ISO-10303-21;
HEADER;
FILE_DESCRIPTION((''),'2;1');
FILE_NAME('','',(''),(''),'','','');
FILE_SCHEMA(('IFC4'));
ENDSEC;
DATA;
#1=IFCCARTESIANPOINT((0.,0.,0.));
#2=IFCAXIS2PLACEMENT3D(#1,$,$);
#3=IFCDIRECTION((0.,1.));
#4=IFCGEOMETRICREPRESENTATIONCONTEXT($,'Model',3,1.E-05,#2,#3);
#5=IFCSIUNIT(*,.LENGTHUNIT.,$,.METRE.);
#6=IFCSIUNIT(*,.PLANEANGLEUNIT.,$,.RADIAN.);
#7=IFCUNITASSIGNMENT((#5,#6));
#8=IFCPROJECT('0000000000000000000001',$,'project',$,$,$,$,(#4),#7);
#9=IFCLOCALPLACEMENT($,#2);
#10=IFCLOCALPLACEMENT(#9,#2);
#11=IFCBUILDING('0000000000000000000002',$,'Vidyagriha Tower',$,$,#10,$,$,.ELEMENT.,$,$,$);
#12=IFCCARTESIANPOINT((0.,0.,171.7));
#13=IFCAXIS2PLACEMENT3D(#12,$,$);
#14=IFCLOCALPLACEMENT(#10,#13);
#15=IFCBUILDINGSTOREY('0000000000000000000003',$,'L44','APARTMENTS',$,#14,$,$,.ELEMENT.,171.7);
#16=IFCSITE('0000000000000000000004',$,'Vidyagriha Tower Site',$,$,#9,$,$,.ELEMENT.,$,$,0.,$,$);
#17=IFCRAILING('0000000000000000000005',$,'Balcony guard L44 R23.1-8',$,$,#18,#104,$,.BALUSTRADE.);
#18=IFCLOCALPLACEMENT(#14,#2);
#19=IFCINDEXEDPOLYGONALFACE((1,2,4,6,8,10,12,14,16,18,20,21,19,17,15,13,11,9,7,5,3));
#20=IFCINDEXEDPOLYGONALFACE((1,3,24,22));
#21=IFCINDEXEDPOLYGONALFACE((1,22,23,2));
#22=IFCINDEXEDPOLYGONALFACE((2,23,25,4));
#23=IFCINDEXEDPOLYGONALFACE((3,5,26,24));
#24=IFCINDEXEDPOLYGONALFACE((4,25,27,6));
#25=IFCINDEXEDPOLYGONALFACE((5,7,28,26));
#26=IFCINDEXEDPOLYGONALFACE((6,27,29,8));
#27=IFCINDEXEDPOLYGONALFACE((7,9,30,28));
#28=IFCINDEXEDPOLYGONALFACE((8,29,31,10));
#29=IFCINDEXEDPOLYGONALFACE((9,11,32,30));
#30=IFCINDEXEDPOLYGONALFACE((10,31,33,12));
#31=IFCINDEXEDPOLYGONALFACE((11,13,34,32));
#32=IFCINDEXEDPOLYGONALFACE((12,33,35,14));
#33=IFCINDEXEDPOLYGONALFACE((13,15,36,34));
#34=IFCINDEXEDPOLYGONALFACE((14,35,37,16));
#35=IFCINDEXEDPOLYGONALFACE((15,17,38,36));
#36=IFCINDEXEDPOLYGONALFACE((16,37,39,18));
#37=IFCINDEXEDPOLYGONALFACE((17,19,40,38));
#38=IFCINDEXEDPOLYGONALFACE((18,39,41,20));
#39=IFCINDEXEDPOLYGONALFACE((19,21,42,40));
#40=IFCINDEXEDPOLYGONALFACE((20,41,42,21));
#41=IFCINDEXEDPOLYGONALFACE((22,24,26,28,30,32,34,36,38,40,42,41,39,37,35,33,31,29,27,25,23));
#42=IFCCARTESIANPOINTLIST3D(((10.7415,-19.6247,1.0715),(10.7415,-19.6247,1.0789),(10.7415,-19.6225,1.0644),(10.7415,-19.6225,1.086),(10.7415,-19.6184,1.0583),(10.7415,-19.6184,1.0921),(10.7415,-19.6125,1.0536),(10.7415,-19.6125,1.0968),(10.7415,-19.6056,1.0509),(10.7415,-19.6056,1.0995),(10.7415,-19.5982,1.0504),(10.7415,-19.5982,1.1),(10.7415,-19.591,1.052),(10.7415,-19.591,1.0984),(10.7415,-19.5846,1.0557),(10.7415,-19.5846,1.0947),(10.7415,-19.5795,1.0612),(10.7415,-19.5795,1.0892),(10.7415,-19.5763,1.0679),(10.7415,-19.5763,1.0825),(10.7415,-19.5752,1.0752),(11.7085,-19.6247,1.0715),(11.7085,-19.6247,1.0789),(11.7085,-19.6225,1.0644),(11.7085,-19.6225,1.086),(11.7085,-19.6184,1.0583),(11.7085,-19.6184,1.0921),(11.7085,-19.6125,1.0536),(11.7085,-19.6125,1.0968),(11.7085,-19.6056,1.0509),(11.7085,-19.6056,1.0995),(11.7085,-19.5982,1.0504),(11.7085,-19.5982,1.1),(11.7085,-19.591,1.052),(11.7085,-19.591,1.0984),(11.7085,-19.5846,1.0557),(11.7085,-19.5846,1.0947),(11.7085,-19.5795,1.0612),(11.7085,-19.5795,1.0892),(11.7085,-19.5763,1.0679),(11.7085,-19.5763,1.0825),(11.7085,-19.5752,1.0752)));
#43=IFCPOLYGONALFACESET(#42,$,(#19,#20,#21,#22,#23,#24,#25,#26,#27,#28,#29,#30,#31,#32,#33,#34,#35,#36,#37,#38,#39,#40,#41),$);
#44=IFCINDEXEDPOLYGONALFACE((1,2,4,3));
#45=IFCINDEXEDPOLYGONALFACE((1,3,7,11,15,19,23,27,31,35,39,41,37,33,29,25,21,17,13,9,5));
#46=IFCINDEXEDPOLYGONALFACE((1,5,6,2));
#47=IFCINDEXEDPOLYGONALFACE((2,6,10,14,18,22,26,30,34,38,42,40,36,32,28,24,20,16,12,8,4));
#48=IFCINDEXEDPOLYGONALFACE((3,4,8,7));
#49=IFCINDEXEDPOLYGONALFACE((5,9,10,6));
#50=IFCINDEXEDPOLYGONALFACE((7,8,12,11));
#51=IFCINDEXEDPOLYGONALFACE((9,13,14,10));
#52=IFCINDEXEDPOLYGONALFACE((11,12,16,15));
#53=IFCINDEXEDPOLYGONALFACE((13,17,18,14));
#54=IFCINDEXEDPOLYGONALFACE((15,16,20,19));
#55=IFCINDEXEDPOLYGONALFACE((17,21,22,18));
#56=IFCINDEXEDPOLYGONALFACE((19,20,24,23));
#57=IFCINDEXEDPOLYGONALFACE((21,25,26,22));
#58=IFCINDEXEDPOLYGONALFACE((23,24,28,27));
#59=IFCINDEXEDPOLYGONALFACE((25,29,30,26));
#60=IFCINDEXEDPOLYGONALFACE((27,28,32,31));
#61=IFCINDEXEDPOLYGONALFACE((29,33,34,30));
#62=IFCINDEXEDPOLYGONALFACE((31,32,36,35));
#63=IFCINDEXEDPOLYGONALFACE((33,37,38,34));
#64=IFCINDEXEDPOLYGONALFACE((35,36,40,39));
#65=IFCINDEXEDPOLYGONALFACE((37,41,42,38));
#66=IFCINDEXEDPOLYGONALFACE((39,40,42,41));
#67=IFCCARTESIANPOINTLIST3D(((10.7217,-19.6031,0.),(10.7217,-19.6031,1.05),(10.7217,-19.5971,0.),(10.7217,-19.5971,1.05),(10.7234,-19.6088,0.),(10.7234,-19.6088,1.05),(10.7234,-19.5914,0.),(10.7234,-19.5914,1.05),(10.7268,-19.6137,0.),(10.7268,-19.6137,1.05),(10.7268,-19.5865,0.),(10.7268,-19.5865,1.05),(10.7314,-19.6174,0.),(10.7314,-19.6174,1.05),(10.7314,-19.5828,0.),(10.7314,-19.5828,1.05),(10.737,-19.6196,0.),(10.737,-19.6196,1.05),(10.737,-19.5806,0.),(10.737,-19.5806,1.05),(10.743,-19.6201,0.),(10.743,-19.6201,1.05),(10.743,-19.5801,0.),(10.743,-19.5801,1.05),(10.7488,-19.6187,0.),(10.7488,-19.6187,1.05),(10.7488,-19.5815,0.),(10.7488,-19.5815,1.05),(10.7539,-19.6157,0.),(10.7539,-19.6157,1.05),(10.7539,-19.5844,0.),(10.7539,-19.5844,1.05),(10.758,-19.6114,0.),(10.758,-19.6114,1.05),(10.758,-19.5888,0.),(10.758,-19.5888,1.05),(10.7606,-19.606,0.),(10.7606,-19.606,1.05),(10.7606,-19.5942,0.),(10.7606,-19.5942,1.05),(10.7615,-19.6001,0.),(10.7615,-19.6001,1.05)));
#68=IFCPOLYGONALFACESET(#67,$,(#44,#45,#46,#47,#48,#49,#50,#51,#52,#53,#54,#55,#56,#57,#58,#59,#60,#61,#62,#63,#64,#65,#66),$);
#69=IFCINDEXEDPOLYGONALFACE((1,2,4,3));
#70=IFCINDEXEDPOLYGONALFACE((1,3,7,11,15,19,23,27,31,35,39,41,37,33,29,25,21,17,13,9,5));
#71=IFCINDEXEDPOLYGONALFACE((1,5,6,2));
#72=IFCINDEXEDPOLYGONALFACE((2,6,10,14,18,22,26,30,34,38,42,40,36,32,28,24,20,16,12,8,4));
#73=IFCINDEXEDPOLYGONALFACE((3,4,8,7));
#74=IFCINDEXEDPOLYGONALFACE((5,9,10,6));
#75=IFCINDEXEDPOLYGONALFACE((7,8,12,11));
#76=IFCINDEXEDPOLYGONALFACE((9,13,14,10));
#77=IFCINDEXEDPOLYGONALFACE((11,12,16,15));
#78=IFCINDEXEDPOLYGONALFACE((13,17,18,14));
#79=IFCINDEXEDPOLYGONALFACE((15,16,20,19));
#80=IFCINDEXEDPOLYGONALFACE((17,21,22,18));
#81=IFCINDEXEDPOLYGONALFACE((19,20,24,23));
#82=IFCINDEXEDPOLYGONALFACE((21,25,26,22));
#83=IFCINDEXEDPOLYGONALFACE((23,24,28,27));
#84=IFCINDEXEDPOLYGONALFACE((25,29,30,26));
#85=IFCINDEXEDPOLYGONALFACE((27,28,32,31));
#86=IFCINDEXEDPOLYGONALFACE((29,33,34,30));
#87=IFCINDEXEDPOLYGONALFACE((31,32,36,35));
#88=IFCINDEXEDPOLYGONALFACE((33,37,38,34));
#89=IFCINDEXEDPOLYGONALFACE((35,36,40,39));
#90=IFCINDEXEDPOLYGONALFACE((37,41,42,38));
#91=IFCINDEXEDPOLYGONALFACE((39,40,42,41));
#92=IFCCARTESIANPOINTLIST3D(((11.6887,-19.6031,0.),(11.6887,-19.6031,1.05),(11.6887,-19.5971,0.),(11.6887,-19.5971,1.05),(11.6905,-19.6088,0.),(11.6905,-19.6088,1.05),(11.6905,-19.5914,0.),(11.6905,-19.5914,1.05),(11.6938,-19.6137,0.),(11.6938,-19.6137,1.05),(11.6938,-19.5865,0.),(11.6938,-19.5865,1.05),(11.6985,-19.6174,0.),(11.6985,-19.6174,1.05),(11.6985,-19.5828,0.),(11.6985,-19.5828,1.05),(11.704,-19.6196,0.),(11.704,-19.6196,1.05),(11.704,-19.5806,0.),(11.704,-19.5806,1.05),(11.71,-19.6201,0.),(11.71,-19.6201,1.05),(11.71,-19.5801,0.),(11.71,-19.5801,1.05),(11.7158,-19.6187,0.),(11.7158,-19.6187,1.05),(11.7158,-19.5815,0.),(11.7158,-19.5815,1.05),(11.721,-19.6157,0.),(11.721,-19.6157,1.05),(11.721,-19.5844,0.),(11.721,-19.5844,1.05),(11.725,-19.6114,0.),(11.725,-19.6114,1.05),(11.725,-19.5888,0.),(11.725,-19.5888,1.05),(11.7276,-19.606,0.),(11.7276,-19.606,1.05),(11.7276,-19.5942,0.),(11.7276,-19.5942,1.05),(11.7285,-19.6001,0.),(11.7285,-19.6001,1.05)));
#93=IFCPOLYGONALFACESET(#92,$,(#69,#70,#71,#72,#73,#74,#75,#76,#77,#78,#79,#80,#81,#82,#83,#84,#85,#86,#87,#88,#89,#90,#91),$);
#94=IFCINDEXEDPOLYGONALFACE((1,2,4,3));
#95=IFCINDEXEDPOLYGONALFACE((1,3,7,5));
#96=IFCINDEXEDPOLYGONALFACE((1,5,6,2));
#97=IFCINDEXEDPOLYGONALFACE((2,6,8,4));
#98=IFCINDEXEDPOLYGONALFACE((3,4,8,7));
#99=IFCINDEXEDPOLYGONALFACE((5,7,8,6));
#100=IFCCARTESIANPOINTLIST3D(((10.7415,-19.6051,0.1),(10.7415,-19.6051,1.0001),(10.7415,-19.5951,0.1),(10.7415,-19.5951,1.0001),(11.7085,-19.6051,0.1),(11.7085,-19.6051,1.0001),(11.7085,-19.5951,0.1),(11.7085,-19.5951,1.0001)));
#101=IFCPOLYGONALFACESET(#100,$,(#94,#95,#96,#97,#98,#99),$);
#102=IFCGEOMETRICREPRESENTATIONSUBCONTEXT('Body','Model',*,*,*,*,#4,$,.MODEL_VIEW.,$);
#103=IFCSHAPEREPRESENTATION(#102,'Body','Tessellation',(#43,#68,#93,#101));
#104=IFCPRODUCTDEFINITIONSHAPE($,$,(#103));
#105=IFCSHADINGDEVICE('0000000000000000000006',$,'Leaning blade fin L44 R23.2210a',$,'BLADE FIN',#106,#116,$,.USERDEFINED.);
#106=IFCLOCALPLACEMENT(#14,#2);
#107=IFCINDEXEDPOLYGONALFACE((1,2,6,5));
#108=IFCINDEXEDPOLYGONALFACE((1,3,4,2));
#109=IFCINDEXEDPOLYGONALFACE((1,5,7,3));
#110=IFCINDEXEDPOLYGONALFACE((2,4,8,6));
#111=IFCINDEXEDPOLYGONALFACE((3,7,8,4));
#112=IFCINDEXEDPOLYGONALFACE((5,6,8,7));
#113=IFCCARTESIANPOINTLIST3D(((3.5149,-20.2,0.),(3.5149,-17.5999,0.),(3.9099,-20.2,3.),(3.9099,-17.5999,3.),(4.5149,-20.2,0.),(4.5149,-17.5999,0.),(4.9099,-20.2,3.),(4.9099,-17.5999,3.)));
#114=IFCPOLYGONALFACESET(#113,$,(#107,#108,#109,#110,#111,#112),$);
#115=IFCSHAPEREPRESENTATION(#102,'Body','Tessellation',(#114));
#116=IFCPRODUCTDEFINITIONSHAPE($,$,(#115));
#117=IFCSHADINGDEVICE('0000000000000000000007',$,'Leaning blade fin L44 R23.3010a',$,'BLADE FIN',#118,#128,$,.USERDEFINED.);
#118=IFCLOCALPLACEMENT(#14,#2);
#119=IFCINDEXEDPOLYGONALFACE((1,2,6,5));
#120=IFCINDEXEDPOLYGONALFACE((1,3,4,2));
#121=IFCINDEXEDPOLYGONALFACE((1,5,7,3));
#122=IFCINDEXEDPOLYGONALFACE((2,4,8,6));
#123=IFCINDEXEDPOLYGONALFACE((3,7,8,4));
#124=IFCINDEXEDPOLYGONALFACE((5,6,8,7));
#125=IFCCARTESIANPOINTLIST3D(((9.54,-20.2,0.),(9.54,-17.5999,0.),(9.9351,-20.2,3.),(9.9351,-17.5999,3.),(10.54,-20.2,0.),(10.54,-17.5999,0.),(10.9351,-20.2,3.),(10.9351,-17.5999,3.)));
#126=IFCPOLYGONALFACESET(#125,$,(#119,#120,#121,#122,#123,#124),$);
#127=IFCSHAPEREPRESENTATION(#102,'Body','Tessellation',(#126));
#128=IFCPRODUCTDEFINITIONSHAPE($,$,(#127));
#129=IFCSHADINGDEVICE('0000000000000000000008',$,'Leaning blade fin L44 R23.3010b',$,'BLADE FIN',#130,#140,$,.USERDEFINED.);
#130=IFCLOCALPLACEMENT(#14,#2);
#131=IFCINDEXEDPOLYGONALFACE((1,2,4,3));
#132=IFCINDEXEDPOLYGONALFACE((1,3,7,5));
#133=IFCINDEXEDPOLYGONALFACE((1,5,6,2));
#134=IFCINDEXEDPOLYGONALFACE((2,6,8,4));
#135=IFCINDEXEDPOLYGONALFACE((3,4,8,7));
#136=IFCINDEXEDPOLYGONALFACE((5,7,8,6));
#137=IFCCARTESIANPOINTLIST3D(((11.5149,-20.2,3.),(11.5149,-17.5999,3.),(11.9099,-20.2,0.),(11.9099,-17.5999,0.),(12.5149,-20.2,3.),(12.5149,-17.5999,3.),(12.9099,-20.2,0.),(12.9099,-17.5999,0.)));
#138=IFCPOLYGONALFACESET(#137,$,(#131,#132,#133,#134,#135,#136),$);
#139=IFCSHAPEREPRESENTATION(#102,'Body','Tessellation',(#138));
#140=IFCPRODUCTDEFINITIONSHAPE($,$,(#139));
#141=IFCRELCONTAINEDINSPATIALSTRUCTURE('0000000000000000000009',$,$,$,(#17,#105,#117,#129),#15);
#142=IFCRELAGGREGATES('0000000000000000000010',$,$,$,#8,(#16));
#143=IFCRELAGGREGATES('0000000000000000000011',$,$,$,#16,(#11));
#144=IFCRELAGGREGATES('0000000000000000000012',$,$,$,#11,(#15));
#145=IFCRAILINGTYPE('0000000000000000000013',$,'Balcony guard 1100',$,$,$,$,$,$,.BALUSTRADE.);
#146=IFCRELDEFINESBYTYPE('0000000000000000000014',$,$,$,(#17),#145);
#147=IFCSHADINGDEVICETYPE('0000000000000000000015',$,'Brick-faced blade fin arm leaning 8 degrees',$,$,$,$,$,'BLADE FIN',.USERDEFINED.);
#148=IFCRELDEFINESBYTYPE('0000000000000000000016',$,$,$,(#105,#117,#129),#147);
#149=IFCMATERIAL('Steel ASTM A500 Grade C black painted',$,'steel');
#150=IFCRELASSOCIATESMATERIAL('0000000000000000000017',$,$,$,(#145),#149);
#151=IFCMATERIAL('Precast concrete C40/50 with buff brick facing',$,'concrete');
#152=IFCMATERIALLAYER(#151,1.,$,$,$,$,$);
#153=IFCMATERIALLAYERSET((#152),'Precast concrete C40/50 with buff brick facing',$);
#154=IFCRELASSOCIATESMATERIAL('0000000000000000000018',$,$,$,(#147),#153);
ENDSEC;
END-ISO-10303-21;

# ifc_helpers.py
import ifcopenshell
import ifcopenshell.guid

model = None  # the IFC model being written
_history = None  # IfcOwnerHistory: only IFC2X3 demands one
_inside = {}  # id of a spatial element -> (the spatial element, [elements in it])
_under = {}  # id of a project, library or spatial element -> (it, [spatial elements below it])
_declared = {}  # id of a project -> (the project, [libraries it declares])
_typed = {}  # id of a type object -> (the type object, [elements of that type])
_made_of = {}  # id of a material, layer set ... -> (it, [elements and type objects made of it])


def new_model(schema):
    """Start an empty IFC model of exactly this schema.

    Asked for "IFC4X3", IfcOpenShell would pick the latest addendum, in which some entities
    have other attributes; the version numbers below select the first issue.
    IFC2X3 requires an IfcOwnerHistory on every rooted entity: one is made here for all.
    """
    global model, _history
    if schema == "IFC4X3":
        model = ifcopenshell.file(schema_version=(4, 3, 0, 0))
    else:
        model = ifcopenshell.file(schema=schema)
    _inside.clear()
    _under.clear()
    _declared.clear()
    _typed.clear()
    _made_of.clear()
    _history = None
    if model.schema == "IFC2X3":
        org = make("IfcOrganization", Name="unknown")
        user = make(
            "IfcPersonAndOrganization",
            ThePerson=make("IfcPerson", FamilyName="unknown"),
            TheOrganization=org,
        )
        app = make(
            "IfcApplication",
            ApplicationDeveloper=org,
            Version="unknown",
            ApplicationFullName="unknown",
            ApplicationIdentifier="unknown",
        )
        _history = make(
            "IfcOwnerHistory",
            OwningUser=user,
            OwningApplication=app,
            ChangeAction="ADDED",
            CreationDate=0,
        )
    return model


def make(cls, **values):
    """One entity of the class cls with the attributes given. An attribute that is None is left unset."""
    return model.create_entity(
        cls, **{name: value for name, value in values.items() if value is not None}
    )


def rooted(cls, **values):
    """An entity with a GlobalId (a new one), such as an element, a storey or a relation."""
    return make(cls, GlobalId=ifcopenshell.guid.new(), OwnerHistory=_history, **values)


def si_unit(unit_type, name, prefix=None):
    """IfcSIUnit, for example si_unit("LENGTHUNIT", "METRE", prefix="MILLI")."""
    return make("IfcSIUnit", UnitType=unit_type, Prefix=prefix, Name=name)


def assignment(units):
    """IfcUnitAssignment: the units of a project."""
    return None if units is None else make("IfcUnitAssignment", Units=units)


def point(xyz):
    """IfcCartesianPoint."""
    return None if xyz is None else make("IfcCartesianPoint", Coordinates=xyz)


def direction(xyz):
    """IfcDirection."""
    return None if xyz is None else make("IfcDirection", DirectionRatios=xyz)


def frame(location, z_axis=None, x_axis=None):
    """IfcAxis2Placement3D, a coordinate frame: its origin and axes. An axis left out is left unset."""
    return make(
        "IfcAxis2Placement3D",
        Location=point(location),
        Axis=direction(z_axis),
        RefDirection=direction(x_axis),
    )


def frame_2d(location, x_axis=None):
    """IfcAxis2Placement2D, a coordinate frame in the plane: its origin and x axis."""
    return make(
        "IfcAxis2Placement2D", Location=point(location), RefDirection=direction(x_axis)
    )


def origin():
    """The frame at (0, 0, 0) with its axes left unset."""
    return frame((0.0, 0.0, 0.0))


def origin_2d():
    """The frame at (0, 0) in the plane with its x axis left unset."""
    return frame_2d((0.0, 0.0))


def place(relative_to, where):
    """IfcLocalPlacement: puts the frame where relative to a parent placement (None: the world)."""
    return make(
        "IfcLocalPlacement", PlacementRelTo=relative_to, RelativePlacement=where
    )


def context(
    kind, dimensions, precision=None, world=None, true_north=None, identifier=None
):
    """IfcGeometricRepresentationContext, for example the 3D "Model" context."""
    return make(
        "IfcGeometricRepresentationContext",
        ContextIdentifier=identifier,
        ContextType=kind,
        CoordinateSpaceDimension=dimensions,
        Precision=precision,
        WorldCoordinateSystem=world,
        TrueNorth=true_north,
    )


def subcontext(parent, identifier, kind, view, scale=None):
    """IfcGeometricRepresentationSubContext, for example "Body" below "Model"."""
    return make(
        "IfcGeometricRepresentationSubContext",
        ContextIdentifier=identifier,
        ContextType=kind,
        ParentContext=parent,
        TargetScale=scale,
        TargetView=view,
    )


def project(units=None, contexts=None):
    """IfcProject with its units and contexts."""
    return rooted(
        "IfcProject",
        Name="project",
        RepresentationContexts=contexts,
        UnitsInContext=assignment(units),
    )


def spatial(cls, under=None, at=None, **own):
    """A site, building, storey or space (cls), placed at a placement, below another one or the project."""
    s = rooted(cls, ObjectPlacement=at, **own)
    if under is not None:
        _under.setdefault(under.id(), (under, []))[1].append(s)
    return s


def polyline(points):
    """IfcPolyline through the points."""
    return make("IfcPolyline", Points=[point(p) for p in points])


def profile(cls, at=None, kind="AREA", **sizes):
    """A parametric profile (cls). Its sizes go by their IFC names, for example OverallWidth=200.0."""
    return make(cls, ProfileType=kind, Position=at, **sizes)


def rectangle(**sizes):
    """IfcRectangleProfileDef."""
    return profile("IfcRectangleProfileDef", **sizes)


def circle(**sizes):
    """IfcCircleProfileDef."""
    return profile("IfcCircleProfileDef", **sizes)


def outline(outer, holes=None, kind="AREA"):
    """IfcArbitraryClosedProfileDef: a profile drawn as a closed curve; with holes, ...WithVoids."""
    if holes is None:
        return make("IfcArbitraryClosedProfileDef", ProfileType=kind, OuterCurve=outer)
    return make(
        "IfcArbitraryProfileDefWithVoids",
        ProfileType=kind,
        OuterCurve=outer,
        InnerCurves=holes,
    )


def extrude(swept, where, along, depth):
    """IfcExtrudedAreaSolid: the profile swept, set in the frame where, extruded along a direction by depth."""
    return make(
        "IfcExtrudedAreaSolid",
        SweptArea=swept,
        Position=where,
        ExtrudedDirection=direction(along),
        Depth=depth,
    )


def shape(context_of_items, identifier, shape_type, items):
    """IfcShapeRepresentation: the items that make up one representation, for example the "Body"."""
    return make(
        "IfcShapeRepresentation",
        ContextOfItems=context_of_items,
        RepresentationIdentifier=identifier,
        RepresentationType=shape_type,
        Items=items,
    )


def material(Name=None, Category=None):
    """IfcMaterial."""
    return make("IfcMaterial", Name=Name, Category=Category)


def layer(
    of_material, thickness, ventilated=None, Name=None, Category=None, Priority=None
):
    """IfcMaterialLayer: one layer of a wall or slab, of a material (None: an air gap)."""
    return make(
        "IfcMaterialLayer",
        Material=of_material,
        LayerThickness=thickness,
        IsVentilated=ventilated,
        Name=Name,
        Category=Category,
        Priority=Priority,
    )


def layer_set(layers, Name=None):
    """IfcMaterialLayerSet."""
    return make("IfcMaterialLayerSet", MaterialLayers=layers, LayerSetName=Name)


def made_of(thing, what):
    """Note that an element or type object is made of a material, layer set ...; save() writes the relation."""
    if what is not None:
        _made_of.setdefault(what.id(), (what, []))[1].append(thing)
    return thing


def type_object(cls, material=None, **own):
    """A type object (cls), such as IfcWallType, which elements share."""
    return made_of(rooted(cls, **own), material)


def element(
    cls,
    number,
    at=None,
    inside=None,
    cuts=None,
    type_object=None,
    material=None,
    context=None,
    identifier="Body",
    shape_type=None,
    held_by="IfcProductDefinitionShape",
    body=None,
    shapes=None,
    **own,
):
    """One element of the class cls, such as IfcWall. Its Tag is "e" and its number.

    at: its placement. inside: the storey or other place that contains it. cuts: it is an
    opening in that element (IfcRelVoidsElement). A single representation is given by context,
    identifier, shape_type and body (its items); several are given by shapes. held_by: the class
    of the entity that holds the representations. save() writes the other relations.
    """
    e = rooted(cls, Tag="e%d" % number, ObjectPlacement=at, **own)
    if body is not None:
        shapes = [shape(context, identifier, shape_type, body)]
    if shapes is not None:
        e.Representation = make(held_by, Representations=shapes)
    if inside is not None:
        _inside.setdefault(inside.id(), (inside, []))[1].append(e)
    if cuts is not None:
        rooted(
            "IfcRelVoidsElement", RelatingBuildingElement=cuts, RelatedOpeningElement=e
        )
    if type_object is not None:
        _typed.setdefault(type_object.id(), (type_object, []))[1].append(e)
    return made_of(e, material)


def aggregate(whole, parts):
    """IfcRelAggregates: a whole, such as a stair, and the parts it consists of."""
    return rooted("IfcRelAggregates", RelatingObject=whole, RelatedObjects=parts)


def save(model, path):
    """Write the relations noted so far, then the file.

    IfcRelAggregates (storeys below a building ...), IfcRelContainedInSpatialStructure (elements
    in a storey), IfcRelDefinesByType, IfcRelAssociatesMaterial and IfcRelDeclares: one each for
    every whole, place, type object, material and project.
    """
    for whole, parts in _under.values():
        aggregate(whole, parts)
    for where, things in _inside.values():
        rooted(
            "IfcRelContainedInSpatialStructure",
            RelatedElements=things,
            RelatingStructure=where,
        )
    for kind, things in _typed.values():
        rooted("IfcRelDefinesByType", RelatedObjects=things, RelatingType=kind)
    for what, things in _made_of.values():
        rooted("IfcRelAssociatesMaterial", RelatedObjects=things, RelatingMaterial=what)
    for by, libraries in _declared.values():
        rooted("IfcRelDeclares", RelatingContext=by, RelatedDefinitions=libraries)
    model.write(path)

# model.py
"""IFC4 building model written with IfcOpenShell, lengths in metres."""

from ifc_helpers import new_model, si_unit, direction, frame, origin, origin_2d, place, context, subcontext, project, spatial, polyline, rectangle, circle, outline, extrude, material, layer, layer_set, type_object, element, save


model = new_model("IFC4")

# Units and contexts
model_context = context("Model", 3, precision=1e-05, world=origin(), true_north=direction((0.0, 1.0)))
body_context = subcontext(model_context, "Body", "Model", "MODEL_VIEW")
ifc_project = project(units=[si_unit("LENGTHUNIT", "METRE"), si_unit("PLANEANGLEUNIT", "RADIAN")], contexts=[model_context])

# Site, building, storey
site_placement = place(None, origin())
site = spatial("IfcSite", under=ifc_project, at=site_placement, Name="Vidyagriha Tower Site", CompositionType="ELEMENT", RefElevation=0.0)
building_placement = place(site_placement, origin())
building = spatial("IfcBuilding", under=site, at=building_placement, Name="Vidyagriha Tower", CompositionType="ELEMENT")
storey_placement = place(building_placement, frame((0.0, 0.0, 171.7)))
storey = spatial("IfcBuildingStorey", under=building, at=storey_placement, Name="L44", Description="APARTMENTS", CompositionType="ELEMENT", Elevation=171.7)

# Railing
ifc_material_1 = material(Name="Steel ASTM A500 Grade C black painted", Category="steel")
railing_type = type_object("IfcRailingType", Name="Balcony guard 1100", PredefinedType="BALUSTRADE", material=ifc_material_1)
railing_1_placement = place(storey_placement, frame((10.7415, -19.6001, 0.0)))
element("IfcRailing", 1, at=railing_1_placement, inside=storey, type_object=railing_type, Name="Balcony guard L44 R23.1-8", PredefinedType="BALUSTRADE", context=body_context, shape_type="SweptSolid", body=[
    extrude(circle(Radius=0.0249, at=origin_2d()), frame((0.0, 0.0, 1.0752), z_axis=(1.0, 0.0, 0.0), x_axis=(0.0, 1.0, 0.0)), (0.0, 0.0, 1.0), 0.967),
    extrude(circle(Radius=0.02, at=origin_2d()), origin(), (0.0, 0.0, 1.0), 1.05),
    extrude(circle(Radius=0.02, at=origin_2d()), frame((0.967, 0.0, 0.0)), (0.0, 0.0, 1.0), 1.05),
    extrude(rectangle(XDim=0.01, YDim=0.9001, at=origin_2d()), frame((0.0, 0.0, 0.55), z_axis=(1.0, 0.0, 0.0), x_axis=(0.0, 1.0, 0.0)), (0.0, 0.0, 1.0), 0.967),
])

# Shading devices
ifc_material_2 = material(Name="Precast concrete C40/50 with buff brick facing", Category="concrete")
ifc_layer_1 = layer(ifc_material_2, 1.0)
ifc_layer_set_1 = layer_set([ifc_layer_1], Name="Precast concrete C40/50 with buff brick facing")
shading_device_type = type_object("IfcShadingDeviceType", Name="Brick-faced blade fin arm leaning 8 degrees", ElementType="BLADE FIN", PredefinedType="USERDEFINED", material=ifc_layer_set_1)
for number, where, name in (
    (2, (3.5149, -18.8999, 0.0), "Leaning blade fin L44 R23.2210a"),
    (3, (9.54, -18.8999, 0.0), "Leaning blade fin L44 R23.3010a"),
):
    element("IfcShadingDevice", number, at=place(storey_placement, frame(where)), inside=storey, type_object=shading_device_type, Name=name, ObjectType="BLADE FIN", PredefinedType="USERDEFINED", context=body_context, shape_type="SweptSolid", body=[
        extrude(outline(polyline([(0.0, 0.0), (1.0, 0.0), (1.395, 3.0), (0.395, 3.0), (0.0, 0.0)])), frame((0.0, 1.3, 0.0), z_axis=(0.0, -1.0, 0.0), x_axis=(1.0, 0.0, 0.0)), (0.0, 0.0, 1.0), 2.6001),
    ])
shading_device_placement = place(storey_placement, frame((11.5149, -18.8999, 0.0)))
element("IfcShadingDevice", 4, at=shading_device_placement, inside=storey, type_object=shading_device_type, Name="Leaning blade fin L44 R23.3010b", ObjectType="BLADE FIN", PredefinedType="USERDEFINED", context=body_context, shape_type="SweptSolid", body=[
    extrude(outline(polyline([(0.395, 0.0), (1.395, 0.0), (1.0, 3.0), (0.0, 3.0), (0.395, 0.0)])), frame((0.0, 1.3, 0.0), z_axis=(0.0, -1.0, 0.0), x_axis=(1.0, 0.0, 0.0)), (0.0, 0.0, 1.0), 2.6001),
])

save(model, "model.ifc")
